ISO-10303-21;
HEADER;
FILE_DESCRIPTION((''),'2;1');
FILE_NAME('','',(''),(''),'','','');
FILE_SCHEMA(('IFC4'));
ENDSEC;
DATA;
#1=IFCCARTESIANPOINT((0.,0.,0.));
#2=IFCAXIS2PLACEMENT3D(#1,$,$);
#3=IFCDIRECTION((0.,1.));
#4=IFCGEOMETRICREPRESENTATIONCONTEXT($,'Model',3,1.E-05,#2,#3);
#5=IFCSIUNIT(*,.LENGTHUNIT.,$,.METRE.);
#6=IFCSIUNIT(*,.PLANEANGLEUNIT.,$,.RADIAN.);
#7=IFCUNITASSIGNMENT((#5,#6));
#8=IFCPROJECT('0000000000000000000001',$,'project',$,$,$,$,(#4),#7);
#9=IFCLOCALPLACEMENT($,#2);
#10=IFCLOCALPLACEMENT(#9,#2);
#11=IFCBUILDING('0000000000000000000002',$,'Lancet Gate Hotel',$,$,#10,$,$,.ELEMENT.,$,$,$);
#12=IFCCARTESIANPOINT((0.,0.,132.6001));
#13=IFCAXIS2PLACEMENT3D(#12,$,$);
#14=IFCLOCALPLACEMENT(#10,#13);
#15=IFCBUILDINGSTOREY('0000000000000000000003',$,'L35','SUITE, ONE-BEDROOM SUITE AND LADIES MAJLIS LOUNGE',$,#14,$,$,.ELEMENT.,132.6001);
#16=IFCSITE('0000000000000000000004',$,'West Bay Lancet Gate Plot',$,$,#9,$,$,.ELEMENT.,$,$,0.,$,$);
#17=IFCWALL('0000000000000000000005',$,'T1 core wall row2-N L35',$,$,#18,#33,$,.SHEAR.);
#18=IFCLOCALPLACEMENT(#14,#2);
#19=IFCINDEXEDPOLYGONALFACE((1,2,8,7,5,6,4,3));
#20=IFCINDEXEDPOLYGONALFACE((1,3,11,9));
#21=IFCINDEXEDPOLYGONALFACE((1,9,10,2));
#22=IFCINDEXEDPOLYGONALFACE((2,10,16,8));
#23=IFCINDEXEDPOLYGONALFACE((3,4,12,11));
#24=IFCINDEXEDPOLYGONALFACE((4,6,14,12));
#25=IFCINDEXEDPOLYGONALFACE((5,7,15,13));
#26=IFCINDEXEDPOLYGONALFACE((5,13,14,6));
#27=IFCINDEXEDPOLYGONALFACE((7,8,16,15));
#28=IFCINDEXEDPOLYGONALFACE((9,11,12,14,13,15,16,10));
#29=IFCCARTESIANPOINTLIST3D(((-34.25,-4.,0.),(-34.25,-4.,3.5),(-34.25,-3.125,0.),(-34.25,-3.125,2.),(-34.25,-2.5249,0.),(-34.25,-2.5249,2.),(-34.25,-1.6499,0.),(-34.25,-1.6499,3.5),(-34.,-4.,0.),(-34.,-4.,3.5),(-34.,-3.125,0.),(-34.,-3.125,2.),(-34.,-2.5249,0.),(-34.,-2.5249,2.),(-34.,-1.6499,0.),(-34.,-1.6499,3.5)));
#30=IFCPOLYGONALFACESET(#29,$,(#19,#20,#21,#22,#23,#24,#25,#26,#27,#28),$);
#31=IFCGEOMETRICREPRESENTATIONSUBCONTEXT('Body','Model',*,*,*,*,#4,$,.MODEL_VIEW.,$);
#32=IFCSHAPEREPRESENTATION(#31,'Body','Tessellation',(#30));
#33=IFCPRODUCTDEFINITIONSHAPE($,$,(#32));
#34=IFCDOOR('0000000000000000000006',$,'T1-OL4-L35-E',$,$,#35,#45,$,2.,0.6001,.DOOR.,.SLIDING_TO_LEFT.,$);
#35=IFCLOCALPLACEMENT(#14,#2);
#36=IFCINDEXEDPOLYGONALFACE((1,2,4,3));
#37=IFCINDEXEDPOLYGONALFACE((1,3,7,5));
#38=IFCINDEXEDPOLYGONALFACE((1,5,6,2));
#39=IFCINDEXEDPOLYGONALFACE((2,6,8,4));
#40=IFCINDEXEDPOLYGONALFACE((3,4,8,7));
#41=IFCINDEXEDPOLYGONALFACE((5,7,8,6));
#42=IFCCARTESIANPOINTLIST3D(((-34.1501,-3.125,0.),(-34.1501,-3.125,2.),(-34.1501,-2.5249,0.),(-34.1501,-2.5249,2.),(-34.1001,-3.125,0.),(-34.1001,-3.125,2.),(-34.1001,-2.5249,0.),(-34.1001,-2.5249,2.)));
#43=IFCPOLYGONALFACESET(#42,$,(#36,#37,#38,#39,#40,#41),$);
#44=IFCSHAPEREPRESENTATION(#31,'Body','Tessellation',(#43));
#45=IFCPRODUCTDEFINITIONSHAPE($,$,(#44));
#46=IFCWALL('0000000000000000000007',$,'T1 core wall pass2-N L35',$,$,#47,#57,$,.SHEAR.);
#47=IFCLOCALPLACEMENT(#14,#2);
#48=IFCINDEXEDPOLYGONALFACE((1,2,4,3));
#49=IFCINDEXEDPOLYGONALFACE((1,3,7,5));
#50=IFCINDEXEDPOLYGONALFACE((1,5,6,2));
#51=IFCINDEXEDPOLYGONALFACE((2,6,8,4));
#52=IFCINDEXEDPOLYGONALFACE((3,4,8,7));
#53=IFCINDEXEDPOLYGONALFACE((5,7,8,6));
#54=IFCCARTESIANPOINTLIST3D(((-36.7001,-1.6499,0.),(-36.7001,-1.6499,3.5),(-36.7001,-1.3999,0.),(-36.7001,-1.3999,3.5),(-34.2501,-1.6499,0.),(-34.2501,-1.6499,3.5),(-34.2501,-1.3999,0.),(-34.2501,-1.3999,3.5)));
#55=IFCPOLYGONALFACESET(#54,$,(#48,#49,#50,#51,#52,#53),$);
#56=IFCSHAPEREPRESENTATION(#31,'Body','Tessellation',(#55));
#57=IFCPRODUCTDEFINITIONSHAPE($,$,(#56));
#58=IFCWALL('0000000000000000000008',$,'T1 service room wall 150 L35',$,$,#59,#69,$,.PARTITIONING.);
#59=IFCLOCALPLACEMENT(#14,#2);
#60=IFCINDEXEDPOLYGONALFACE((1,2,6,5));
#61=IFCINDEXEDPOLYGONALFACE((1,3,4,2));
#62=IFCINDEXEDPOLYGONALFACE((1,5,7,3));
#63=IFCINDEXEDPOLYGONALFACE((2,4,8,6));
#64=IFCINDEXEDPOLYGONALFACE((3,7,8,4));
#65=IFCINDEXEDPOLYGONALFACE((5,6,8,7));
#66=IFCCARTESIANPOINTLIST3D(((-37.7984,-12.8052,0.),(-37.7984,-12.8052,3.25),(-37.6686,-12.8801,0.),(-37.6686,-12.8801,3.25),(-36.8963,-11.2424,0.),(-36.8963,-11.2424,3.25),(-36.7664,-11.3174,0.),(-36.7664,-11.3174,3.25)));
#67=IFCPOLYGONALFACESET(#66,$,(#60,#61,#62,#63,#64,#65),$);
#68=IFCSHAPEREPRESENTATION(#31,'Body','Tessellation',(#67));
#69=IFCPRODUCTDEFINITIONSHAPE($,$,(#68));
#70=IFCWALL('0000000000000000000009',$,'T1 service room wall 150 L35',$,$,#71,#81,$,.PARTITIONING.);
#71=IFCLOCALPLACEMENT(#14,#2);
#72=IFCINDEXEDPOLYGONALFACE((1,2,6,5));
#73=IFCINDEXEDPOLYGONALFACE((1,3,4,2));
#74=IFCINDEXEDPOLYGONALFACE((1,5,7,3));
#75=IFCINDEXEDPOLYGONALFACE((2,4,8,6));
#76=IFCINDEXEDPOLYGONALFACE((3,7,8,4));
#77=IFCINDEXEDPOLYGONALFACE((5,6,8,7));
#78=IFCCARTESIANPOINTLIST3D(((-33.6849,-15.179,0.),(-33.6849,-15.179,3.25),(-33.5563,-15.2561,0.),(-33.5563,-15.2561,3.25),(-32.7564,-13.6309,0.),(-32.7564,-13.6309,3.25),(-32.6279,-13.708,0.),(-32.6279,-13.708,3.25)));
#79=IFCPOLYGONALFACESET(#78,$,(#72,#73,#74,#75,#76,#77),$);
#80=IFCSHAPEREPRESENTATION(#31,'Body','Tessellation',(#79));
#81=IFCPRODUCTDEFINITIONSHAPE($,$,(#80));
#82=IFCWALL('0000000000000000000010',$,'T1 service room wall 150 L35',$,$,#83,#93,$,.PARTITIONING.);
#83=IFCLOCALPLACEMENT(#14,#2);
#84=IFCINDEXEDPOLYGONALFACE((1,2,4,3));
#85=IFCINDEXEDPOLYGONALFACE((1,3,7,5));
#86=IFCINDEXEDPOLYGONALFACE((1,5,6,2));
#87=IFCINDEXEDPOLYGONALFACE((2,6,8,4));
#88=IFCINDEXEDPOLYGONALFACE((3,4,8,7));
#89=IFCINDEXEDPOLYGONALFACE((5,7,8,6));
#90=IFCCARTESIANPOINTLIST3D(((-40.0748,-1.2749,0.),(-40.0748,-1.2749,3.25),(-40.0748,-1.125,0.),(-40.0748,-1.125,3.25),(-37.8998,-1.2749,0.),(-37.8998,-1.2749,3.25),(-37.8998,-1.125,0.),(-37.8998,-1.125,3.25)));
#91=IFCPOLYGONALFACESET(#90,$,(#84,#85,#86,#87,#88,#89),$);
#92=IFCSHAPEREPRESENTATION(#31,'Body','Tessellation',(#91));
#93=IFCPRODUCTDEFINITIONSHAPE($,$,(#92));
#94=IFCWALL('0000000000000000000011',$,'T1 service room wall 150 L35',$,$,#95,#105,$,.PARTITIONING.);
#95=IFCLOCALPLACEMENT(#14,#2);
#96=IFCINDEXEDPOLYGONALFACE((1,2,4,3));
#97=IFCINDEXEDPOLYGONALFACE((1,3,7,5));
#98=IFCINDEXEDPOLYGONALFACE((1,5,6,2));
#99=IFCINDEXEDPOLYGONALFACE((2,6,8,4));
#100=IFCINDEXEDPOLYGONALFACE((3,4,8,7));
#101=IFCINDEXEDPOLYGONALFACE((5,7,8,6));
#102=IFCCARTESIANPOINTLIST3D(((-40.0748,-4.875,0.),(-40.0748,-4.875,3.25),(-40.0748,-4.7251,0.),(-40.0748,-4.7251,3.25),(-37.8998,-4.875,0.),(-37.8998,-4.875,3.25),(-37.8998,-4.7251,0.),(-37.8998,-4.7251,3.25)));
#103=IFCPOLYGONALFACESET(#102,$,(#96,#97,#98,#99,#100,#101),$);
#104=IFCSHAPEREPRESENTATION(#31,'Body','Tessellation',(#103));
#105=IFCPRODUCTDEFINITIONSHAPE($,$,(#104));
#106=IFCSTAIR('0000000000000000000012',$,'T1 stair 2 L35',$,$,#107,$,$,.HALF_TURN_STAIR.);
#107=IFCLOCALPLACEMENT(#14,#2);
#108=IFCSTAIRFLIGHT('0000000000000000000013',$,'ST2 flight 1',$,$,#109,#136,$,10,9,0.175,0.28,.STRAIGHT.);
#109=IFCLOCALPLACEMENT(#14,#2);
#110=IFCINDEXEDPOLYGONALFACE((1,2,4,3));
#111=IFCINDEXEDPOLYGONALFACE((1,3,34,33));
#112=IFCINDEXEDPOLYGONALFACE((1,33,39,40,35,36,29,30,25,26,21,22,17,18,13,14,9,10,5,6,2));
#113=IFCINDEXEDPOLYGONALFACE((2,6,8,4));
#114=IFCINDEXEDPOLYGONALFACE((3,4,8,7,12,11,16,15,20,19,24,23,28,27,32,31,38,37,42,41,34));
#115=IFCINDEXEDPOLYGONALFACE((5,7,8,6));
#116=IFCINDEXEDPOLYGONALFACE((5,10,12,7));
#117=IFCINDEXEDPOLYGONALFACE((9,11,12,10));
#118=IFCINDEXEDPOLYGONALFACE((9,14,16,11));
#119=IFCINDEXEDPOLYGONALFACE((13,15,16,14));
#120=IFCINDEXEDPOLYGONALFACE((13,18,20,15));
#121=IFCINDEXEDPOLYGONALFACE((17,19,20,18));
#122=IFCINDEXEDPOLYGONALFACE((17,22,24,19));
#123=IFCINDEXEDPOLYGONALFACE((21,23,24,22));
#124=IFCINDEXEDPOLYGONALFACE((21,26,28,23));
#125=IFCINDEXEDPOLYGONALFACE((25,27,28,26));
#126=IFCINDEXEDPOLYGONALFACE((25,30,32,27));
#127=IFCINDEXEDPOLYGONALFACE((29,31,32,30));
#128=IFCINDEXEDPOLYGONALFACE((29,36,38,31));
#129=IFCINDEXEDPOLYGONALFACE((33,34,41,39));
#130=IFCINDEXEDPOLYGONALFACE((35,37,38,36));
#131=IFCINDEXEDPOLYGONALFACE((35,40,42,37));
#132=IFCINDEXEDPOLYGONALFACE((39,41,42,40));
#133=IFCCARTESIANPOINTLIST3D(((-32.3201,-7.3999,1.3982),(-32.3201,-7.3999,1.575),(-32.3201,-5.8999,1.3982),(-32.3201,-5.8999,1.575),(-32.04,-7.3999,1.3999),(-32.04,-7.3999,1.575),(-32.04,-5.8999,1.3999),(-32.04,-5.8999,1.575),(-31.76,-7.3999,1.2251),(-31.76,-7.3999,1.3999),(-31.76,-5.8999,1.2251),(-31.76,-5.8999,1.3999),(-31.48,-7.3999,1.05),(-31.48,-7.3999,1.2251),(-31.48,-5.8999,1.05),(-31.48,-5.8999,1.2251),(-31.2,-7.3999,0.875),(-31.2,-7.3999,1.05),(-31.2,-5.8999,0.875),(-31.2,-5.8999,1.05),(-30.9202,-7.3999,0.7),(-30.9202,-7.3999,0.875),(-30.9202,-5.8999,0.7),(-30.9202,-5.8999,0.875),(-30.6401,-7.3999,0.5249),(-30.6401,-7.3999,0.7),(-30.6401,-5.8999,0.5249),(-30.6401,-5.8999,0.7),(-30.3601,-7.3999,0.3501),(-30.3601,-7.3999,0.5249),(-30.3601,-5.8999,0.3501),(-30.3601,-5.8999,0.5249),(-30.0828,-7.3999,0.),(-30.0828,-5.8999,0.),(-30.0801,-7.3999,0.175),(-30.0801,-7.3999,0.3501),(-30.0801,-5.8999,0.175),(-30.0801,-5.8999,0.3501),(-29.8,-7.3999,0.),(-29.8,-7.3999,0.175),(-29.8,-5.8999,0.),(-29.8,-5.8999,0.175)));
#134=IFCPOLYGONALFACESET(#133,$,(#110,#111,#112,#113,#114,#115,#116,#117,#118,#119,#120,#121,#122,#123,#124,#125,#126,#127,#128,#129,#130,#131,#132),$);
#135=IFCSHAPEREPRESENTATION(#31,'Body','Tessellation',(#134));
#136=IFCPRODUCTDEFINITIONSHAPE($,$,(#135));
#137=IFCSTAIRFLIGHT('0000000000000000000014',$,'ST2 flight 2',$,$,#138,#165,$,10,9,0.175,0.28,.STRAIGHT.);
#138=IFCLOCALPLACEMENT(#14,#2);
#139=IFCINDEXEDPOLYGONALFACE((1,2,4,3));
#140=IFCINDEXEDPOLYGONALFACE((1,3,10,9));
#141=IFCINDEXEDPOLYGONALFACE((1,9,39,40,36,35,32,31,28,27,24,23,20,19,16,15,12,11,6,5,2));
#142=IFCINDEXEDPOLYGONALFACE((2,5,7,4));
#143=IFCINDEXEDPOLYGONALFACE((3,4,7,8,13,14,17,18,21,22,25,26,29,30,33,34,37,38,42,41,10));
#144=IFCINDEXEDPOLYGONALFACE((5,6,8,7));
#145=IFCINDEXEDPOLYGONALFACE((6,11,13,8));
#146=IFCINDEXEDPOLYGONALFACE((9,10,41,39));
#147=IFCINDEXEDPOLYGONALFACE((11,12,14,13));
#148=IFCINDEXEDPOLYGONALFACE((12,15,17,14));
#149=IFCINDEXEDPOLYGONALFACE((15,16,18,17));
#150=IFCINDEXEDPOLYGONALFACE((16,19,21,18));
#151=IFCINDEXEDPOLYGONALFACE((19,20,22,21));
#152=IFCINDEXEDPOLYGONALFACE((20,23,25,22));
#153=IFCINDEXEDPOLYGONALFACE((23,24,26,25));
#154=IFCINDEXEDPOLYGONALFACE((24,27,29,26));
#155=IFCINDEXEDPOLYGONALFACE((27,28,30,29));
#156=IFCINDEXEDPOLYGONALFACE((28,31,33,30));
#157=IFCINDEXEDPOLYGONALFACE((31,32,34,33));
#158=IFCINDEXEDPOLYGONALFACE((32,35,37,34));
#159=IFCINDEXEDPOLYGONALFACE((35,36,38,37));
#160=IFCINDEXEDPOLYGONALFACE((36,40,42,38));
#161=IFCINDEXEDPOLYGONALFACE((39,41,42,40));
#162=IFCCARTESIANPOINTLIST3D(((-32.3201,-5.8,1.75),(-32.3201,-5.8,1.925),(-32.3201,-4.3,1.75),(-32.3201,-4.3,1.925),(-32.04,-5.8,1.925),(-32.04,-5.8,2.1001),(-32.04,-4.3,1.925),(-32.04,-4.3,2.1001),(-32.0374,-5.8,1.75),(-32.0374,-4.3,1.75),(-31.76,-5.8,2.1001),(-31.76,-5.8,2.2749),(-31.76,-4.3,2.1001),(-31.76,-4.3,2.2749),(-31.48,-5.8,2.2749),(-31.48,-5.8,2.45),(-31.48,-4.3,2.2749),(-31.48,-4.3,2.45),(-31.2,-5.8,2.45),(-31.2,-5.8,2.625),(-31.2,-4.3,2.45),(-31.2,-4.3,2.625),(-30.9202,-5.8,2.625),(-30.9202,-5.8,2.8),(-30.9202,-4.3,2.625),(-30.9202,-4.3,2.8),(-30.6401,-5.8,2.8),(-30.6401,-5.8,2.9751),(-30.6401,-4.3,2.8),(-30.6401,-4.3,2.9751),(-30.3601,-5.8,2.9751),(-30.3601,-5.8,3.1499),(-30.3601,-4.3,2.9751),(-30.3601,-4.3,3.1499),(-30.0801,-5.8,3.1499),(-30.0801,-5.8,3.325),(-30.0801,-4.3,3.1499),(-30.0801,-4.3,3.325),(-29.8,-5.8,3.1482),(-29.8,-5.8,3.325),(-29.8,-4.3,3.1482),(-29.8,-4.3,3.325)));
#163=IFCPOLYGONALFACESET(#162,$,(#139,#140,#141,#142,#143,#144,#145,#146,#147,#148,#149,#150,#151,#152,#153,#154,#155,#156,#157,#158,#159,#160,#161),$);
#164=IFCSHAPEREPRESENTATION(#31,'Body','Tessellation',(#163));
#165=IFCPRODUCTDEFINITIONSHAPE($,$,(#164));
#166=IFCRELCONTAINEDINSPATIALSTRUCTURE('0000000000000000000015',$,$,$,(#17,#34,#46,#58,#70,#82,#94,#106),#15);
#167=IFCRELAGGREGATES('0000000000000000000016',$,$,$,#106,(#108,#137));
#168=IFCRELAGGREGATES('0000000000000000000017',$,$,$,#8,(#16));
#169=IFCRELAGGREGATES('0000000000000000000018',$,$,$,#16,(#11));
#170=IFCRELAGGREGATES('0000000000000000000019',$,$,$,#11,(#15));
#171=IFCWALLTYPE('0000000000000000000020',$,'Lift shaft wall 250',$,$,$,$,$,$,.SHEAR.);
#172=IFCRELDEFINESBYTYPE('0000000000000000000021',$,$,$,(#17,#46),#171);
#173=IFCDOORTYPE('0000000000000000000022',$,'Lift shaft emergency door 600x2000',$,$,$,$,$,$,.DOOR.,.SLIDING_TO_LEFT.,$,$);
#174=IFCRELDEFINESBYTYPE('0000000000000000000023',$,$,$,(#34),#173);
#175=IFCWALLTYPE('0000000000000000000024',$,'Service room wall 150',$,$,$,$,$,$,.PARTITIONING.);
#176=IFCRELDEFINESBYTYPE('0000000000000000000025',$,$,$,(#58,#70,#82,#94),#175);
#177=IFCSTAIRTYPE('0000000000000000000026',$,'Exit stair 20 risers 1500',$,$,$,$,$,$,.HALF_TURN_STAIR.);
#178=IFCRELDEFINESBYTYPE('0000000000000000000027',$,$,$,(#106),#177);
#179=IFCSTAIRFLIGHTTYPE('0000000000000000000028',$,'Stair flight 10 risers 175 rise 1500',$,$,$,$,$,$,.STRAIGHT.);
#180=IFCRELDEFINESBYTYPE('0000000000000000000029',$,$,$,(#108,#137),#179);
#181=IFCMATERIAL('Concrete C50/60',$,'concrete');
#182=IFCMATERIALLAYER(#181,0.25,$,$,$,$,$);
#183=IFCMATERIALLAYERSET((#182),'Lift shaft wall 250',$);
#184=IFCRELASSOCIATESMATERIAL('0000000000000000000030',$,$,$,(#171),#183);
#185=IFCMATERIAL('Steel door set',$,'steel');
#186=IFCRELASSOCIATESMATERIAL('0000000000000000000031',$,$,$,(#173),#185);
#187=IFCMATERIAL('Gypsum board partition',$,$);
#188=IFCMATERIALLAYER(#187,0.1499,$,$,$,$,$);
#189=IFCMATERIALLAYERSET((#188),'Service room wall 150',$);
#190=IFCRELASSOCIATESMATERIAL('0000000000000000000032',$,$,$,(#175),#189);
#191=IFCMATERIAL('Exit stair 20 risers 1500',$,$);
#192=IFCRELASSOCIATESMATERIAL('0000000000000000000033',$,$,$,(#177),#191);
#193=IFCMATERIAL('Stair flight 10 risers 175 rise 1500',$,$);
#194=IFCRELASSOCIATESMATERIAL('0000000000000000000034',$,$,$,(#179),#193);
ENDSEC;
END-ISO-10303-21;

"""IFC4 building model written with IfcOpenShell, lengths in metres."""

from ifc_helpers import new_model, si_unit, direction, frame, frame_2d, origin, place, context, subcontext, project, spatial, polyline, rectangle, outline, extrude, material, layer, layer_set, type_object, element, fill, aggregate, save


model = new_model("IFC4")

# Units and contexts
model_context = context("Model", 3, precision=1e-05, world=origin(), true_north=direction((0.0, 1.0)))
body_context = subcontext(model_context, "Body", "Model", "MODEL_VIEW")
ifc_project = project(units=[si_unit("LENGTHUNIT", "METRE"), si_unit("PLANEANGLEUNIT", "RADIAN")], contexts=[model_context])

# Site, building, storey
site_placement = place(None, origin())
site = spatial("IfcSite", under=ifc_project, at=site_placement, Name="West Bay Lancet Gate Plot", CompositionType="ELEMENT", RefElevation=0.0)
building_placement = place(site_placement, origin())
building = spatial("IfcBuilding", under=site, at=building_placement, Name="Lancet Gate Hotel", CompositionType="ELEMENT")
storey_placement = place(building_placement, frame((0.0, 0.0, 132.6001)))
storey = spatial("IfcBuildingStorey", under=building, at=storey_placement, Name="L35", Description="SUITE, ONE-BEDROOM SUITE AND LADIES MAJLIS LOUNGE", CompositionType="ELEMENT", Elevation=132.6001)

# Wall, opening, door
ifc_material_1 = material(Name="Concrete C50/60", Category="concrete")
ifc_layer_1 = layer(ifc_material_1, 0.25)
ifc_layer_set_1 = layer_set([ifc_layer_1], Name="Lift shaft wall 250")
wall_type_1 = type_object("IfcWallType", Name="Lift shaft wall 250", PredefinedType="SHEAR", material=ifc_layer_set_1)
wall_1_placement = place(storey_placement, frame((-34.125, -1.6499, 0.0), z_axis=(0.0, 0.0, 1.0), x_axis=(0.0, -1.0, 0.0)))
wall_1 = element("IfcWall", 1, at=wall_1_placement, inside=storey, type_object=wall_type_1, Name="T1 core wall row2-N L35", PredefinedType="SHEAR", context=body_context, shape_type="SweptSolid", body=[
    extrude(rectangle(XDim=2.3501, YDim=0.25, at=frame_2d((1.175, 0.0))), origin(), (0.0, 0.0, 1.0), 3.5),
])
opening_1_placement = place(wall_1_placement, frame((0.875, 0.0, 0.0)))
opening_1 = element("IfcOpeningElement", 2, at=opening_1_placement, cuts=wall_1, PredefinedType="OPENING", context=body_context, shape_type="SweptSolid", body=[
    extrude(rectangle(XDim=0.6001, YDim=2.0, at=frame_2d((0.3, 1.0))), frame((0.0, 0.135, 0.0), z_axis=(0.0, -1.0, 0.0), x_axis=(1.0, 0.0, 0.0)), (0.0, 0.0, 1.0), 0.27),
])
ifc_material_2 = material(Name="Steel door set", Category="steel")
door_type_1 = type_object("IfcDoorType", Name="Lift shaft emergency door 600x2000", OperationType="SLIDING_TO_LEFT", PredefinedType="DOOR", material=ifc_material_2)
door_1_placement = place(opening_1_placement, origin())
door_1 = element("IfcDoor", 3, at=door_1_placement, inside=storey, type_object=door_type_1, Name="T1-OL4-L35-E", OperationType="SLIDING_TO_LEFT", OverallHeight=2.0, OverallWidth=0.6001, PredefinedType="DOOR", context=body_context, shape_type="SweptSolid", body=[
    extrude(rectangle(XDim=0.6001, YDim=2.0, at=frame_2d((0.3, 1.0))), frame((0.0, 0.0249, 0.0), z_axis=(0.0, -1.0, 0.0), x_axis=(1.0, 0.0, 0.0)), (0.0, 0.0, 1.0), 0.05),
])
fill(opening_1, door_1)

# Walls
wall_2_placement = place(storey_placement, frame((-34.25, -1.5249, 0.0), z_axis=(0.0, 0.0, 1.0), x_axis=(-1.0, 0.0, 0.0)))
element("IfcWall", 4, at=wall_2_placement, inside=storey, type_object=wall_type_1, Name="T1 core wall pass2-N L35", PredefinedType="SHEAR", context=body_context, shape_type="SweptSolid", body=[
    extrude(rectangle(XDim=2.45, YDim=0.25, at=frame_2d((1.2251, 0.0))), origin(), (0.0, 0.0, 1.0), 3.5),
])
ifc_material_3 = material(Name="Gypsum board partition")
ifc_layer_2 = layer(ifc_material_3, 0.1499)
ifc_layer_set_2 = layer_set([ifc_layer_2], Name="Service room wall 150")
wall_type_2 = type_object("IfcWallType", Name="Service room wall 150", PredefinedType="PARTITIONING", material=ifc_layer_set_2)
wall_3_placement = place(storey_placement, frame((-36.8313, -11.2798, 0.0), z_axis=(0.0, 0.0, 1.0), x_axis=(-0.499937, -0.866062, 0.0)))
element("IfcWall", 5, at=wall_3_placement, inside=storey, type_object=wall_type_2, Name="T1 service room wall 150 L35", PredefinedType="PARTITIONING", context=body_context, shape_type="SweptSolid", body=[
    extrude(rectangle(XDim=1.8044, YDim=0.1499, at=frame_2d((0.9023, 0.0))), origin(), (0.0, 0.0, 1.0), 3.25),
])
wall_4_placement = place(storey_placement, frame((-33.6206, -15.2175, 0.0), z_axis=(0.0, 0.0, 1.0), x_axis=(0.514337, 0.857588, 0.0)))
element("IfcWall", 6, at=wall_4_placement, inside=storey, type_object=wall_type_2, Name="T1 service room wall 150 L35", PredefinedType="PARTITIONING", context=body_context, shape_type="SweptSolid", body=[
    extrude(rectangle(XDim=1.8052, YDim=0.1499, at=frame_2d((0.9026, 0.0))), origin(), (0.0, 0.0, 1.0), 3.25),
])
for number, where, z_axis, x_axis, name in (
    (7, (-37.8999, -1.2, 0.0), (0.0, 0.0, 1.0), (-1.0, 0.0, 0.0), "T1 service room wall 150 L35"),
    (8, (-37.8999, -4.8, 0.0), (0.0, 0.0, 1.0), (-1.0, 0.0, 0.0), "T1 service room wall 150 L35"),
):
    element("IfcWall", number, at=place(storey_placement, frame(where, z_axis=z_axis, x_axis=x_axis)), inside=storey, type_object=wall_type_2, Name=name, PredefinedType="PARTITIONING", context=body_context, shape_type="SweptSolid", body=[
        extrude(rectangle(XDim=2.175, YDim=0.1499, at=frame_2d((1.0874, 0.0))), origin(), (0.0, 0.0, 1.0), 3.25),
    ])

# Stair, stair flights
ifc_material_4 = material(Name="Exit stair 20 risers 1500")
stair_type = type_object("IfcStairType", Name="Exit stair 20 risers 1500", PredefinedType="HALF_TURN_STAIR", material=ifc_material_4)
stair_placement = place(storey_placement, origin())
stair = element("IfcStair", 9, at=stair_placement, inside=storey, type_object=stair_type, Name="T1 stair 2 L35", PredefinedType="HALF_TURN_STAIR")
ifc_material_5 = material(Name="Stair flight 10 risers 175 rise 1500")
stair_flight_type = type_object("IfcStairFlightType", Name="Stair flight 10 risers 175 rise 1500", PredefinedType="STRAIGHT", material=ifc_material_5)
stair_flight_1_placement = place(storey_placement, frame((-29.8, -6.6499, 0.0), z_axis=(0.0, 0.0, 1.0), x_axis=(-1.0, 0.0, 0.0)))
stair_flight_1 = element("IfcStairFlight", 10, at=stair_flight_1_placement, type_object=stair_flight_type, Name="ST2 flight 1", NumberOfRisers=10, NumberOfTreads=9, PredefinedType="STRAIGHT", RiserHeight=0.175, TreadLength=0.28, context=body_context, shape_type="SweptSolid", body=[
    extrude(outline(polyline([(0.0, 0.0), (0.0, 0.175), (0.28, 0.175), (0.28, 0.3501), (0.5601, 0.3501), (0.5601, 0.5249), (0.8401, 0.5249), (0.8401, 0.7), (1.1201, 0.7), (1.1201, 0.875), (1.3999, 0.875), (1.3999, 1.05), (1.6799, 1.05), (1.6799, 1.2251), (1.96, 1.2251), (1.96, 1.3999), (2.24, 1.3999), (2.24, 1.575), (2.52, 1.575), (2.52, 1.75), (2.52, 1.3982), (0.2827, 0.0), (0.0, 0.0)])), frame((0.0, 0.75, 0.0), z_axis=(0.0, -1.0, 0.0), x_axis=(1.0, 0.0, 0.0)), (0.0, 0.0, 1.0), 1.5),
])
stair_flight_2_placement = place(storey_placement, frame((-32.3201, -5.05, 1.75), z_axis=(0.0, 0.0, 1.0), x_axis=(1.0, 0.0, 0.0)))
stair_flight_2 = element("IfcStairFlight", 11, at=stair_flight_2_placement, type_object=stair_flight_type, Name="ST2 flight 2", NumberOfRisers=10, NumberOfTreads=9, PredefinedType="STRAIGHT", RiserHeight=0.175, TreadLength=0.28, context=body_context, shape_type="SweptSolid", body=[
    extrude(outline(polyline([(0.0, 0.0), (0.0, 0.175), (0.28, 0.175), (0.28, 0.3501), (0.5601, 0.3501), (0.5601, 0.5249), (0.8401, 0.5249), (0.8401, 0.7), (1.1201, 0.7), (1.1201, 0.875), (1.3999, 0.875), (1.3999, 1.05), (1.6799, 1.05), (1.6799, 1.2251), (1.96, 1.2251), (1.96, 1.3999), (2.24, 1.3999), (2.24, 1.575), (2.52, 1.575), (2.52, 1.75), (2.52, 1.3982), (0.2827, 0.0), (0.0, 0.0)])), frame((0.0, 0.75, 0.0), z_axis=(0.0, -1.0, 0.0), x_axis=(1.0, 0.0, 0.0)), (0.0, 0.0, 1.0), 1.5),
])
aggregate(stair, [stair_flight_1, stair_flight_2])

save(model, "model.ifc")
